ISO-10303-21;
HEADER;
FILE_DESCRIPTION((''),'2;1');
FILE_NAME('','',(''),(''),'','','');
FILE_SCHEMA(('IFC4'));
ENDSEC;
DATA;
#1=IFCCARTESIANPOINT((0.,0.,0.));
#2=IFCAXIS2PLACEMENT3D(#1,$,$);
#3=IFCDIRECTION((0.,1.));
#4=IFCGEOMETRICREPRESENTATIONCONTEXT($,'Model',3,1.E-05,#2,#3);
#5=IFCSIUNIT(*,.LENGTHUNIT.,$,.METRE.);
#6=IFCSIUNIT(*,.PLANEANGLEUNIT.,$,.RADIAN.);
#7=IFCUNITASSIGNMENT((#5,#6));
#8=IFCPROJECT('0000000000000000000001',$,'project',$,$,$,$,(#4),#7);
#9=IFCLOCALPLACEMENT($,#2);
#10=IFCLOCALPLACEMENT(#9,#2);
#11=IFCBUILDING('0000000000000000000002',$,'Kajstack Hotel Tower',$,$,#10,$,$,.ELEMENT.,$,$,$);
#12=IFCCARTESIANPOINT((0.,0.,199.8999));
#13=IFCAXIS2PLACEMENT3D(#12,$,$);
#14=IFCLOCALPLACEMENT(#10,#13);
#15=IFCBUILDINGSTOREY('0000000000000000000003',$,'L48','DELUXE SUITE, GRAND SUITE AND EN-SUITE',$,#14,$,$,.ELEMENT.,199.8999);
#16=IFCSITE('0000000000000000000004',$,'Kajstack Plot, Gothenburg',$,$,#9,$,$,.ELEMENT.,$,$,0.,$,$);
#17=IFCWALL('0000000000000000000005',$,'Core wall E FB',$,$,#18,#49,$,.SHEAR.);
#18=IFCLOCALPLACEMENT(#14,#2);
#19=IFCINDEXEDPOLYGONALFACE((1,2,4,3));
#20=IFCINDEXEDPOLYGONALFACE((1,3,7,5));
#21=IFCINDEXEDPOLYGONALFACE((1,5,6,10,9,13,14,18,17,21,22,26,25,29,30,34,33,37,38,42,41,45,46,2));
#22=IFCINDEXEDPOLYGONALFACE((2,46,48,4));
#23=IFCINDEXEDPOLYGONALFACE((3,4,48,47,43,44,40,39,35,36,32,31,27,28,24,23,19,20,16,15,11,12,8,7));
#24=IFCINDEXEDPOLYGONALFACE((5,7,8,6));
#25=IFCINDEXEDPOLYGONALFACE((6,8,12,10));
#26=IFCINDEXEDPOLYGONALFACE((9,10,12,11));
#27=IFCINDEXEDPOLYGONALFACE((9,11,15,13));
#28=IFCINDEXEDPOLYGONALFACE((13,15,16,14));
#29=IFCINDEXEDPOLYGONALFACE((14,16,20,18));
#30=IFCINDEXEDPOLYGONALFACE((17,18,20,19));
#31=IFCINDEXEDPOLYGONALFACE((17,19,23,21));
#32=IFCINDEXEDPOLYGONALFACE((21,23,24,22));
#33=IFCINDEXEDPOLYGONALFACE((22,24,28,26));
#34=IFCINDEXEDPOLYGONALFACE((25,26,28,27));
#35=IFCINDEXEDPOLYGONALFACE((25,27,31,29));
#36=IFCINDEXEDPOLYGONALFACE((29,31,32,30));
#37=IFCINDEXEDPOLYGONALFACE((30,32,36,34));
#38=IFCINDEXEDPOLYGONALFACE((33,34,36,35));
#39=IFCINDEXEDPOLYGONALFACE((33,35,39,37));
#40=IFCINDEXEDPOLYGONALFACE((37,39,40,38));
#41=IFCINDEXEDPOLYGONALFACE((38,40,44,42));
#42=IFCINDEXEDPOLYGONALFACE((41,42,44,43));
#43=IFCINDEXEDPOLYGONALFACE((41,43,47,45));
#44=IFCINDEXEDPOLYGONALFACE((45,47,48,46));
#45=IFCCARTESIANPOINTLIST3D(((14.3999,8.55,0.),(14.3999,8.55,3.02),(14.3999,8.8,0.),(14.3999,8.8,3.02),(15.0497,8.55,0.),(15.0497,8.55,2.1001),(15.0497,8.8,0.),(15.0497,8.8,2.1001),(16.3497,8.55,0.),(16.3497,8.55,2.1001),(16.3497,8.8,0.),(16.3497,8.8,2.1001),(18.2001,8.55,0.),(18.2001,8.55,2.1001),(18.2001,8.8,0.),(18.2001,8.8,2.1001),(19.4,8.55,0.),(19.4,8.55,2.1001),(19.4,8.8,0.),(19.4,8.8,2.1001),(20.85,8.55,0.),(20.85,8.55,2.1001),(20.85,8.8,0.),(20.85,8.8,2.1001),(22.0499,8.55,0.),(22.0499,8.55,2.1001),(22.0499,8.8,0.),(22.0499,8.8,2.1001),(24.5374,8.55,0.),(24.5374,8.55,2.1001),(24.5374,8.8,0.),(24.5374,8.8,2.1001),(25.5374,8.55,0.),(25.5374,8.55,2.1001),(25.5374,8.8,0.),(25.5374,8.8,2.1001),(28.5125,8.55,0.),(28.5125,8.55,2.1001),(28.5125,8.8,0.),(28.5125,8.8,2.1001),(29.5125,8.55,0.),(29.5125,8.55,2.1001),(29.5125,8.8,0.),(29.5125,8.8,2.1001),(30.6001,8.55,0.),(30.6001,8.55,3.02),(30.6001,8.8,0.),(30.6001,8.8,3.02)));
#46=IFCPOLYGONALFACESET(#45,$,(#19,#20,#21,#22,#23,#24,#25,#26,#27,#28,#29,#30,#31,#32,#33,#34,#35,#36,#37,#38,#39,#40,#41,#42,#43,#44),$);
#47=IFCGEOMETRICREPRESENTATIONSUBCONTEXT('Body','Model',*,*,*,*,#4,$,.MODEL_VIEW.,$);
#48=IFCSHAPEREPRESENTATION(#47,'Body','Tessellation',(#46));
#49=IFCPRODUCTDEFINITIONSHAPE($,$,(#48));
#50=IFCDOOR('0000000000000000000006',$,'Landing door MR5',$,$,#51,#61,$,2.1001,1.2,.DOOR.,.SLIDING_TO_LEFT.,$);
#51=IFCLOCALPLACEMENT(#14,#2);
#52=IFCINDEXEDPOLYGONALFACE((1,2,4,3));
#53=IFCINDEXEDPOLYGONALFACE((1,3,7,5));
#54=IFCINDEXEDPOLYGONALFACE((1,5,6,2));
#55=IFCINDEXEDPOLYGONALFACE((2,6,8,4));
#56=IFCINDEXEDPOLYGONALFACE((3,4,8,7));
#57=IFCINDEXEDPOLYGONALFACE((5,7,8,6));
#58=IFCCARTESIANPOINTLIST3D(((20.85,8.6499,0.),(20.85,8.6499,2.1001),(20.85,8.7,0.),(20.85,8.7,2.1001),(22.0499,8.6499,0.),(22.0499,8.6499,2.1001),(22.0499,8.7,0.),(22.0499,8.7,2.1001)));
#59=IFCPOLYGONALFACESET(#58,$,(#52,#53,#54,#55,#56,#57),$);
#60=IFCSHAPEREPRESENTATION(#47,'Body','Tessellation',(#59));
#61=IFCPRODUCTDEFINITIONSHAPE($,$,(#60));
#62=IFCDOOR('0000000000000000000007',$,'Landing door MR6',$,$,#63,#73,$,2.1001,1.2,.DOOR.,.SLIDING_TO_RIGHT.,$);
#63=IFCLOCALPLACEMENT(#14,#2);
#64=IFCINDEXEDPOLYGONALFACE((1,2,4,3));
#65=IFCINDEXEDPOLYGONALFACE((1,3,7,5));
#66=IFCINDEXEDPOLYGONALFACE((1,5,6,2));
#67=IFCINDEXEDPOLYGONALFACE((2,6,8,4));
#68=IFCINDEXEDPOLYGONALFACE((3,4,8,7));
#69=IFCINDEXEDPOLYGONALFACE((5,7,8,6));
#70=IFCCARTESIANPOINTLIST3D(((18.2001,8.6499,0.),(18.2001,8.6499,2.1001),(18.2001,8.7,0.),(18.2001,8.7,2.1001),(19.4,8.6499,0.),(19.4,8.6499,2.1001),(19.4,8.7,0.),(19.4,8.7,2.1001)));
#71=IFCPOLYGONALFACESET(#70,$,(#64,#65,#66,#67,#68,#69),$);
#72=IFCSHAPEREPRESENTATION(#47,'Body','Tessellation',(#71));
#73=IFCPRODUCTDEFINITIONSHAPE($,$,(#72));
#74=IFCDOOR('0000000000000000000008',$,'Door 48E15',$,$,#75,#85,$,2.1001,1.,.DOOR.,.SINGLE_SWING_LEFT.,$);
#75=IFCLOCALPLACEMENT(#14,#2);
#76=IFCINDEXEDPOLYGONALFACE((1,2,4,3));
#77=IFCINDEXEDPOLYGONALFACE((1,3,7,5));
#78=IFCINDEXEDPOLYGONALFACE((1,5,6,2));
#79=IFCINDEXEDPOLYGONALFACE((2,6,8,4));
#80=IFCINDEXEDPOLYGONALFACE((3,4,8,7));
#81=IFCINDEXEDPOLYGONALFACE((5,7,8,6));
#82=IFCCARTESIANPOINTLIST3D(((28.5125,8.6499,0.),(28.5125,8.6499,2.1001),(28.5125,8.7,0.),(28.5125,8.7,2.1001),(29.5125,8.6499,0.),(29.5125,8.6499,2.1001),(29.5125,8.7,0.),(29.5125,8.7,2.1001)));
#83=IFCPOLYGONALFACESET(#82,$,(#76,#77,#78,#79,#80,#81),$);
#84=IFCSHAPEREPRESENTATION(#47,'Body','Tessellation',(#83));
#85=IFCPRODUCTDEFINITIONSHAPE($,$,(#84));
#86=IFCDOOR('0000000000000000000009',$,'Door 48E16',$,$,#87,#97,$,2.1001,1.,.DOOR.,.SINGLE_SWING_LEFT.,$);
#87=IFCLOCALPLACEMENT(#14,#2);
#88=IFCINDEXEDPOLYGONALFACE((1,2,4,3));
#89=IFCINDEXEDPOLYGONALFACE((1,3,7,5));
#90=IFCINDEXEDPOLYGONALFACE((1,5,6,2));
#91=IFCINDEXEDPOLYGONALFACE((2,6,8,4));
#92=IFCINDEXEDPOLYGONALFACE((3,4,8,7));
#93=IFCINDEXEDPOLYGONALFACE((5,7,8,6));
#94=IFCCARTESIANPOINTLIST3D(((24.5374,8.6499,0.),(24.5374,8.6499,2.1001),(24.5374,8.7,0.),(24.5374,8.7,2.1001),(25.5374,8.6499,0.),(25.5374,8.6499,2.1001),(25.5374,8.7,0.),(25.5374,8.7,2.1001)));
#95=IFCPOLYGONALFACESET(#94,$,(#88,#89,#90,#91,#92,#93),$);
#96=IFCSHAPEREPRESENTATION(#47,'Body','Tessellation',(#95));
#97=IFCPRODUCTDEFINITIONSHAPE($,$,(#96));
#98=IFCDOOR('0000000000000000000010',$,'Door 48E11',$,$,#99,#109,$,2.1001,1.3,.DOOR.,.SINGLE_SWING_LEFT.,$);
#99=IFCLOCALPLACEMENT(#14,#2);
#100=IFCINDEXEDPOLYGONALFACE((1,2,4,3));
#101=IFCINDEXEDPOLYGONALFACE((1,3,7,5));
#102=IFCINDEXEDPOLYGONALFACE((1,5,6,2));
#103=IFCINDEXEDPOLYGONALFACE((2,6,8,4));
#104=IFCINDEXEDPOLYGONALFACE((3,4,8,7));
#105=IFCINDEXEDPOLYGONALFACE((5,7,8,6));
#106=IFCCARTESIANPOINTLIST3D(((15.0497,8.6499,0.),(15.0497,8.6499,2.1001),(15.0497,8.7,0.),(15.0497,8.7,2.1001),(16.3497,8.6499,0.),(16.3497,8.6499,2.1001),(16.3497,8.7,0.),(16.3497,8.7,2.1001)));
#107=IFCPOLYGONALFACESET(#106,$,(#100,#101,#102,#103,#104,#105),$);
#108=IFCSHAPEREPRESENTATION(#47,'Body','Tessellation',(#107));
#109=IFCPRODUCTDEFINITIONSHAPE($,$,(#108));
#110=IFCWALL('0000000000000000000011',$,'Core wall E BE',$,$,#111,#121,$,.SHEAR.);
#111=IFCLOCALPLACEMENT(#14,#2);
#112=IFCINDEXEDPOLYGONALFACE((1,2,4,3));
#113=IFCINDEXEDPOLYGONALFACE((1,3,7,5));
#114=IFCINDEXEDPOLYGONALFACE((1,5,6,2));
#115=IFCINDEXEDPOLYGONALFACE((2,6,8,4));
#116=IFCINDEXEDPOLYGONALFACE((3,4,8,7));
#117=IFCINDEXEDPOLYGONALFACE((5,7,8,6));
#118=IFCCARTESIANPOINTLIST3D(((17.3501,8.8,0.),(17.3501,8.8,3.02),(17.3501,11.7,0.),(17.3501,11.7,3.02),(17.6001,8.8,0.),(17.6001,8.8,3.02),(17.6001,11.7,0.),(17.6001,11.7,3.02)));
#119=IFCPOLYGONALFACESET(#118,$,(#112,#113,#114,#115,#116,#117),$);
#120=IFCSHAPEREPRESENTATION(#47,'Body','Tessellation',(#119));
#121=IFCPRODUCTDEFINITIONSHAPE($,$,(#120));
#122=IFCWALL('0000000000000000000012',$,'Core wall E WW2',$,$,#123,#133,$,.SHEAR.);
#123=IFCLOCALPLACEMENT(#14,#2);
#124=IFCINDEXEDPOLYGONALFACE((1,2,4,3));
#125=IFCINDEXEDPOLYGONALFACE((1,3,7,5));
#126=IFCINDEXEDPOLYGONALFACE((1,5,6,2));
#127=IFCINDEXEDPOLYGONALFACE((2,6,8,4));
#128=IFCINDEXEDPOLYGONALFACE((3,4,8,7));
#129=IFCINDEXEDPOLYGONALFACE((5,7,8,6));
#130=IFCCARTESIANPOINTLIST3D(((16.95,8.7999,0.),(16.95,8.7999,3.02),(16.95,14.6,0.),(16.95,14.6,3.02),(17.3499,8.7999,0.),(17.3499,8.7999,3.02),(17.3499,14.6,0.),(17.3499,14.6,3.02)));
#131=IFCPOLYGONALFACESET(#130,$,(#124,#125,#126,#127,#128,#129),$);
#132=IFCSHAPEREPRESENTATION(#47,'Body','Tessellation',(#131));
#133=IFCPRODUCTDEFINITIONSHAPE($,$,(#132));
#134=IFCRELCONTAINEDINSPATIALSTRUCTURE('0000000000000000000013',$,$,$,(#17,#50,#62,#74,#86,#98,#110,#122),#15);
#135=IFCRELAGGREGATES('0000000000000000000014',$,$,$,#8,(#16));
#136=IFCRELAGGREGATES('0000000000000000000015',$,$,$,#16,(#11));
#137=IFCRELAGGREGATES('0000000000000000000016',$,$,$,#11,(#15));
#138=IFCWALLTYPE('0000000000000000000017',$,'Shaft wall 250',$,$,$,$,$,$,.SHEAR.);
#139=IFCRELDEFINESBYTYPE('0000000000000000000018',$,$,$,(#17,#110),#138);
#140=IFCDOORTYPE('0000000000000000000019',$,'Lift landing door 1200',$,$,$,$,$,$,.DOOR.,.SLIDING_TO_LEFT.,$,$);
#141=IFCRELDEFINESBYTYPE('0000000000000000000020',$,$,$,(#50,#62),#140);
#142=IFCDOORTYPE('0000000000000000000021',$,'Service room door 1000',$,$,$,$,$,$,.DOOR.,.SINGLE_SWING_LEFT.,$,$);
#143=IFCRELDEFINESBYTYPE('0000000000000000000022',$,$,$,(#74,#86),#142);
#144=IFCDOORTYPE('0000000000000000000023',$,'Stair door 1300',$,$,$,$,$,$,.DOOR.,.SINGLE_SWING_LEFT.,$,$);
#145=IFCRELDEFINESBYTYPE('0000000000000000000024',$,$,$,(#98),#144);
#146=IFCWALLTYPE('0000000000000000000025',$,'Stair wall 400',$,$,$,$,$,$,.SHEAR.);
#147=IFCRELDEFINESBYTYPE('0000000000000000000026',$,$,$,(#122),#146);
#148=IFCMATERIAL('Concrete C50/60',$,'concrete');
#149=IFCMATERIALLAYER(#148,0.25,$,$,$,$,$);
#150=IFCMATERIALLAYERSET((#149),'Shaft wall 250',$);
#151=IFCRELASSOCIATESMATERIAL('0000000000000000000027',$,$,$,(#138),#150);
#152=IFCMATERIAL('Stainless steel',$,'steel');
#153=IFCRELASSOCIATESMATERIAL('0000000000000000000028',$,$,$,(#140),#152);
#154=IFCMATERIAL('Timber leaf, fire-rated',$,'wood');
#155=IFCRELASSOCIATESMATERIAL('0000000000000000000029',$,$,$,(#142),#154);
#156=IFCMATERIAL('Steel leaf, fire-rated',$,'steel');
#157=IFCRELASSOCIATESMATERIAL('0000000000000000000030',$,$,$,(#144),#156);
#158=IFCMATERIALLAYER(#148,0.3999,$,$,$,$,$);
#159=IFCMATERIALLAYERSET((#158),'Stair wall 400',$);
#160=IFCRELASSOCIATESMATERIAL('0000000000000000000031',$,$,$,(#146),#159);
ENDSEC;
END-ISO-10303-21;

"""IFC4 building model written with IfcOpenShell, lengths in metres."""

from ifc_helpers import new_model, si_unit, direction, frame, frame_2d, origin, place, context, subcontext, project, spatial, rectangle, extrude, material, layer, layer_set, type_object, element, fill, save


model = new_model("IFC4")

# Units and contexts
model_context = context("Model", 3, precision=1e-05, world=origin(), true_north=direction((0.0, 1.0)))
body_context = subcontext(model_context, "Body", "Model", "MODEL_VIEW")
ifc_project = project(units=[si_unit("LENGTHUNIT", "METRE"), si_unit("PLANEANGLEUNIT", "RADIAN")], contexts=[model_context])

# Site, building, storey
site_placement = place(None, origin())
site = spatial("IfcSite", under=ifc_project, at=site_placement, Name="Kajstack Plot, Gothenburg", CompositionType="ELEMENT", RefElevation=0.0)
building_placement = place(site_placement, origin())
building = spatial("IfcBuilding", under=site, at=building_placement, Name="Kajstack Hotel Tower", CompositionType="ELEMENT")
storey_placement = place(building_placement, frame((0.0, 0.0, 199.8999)))
storey = spatial("IfcBuildingStorey", under=building, at=storey_placement, Name="L48", Description="DELUXE SUITE, GRAND SUITE AND EN-SUITE", CompositionType="ELEMENT", Elevation=199.8999)

# Wall, openings, doors
ifc_material_1 = material(Name="Concrete C50/60", Category="concrete")
ifc_layer_1 = layer(ifc_material_1, 0.25)
ifc_layer_set_1 = layer_set([ifc_layer_1], Name="Shaft wall 250")
wall_type_1 = type_object("IfcWallType", Name="Shaft wall 250", PredefinedType="SHEAR", material=ifc_layer_set_1)
ifc_material_2 = material(Name="Stainless steel", Category="steel")
door_type_1 = type_object("IfcDoorType", Name="Lift landing door 1200", OperationType="SLIDING_TO_LEFT", PredefinedType="DOOR", material=ifc_material_2)
wall_1_placement = place(storey_placement, frame((14.3999, 8.675, 0.0), z_axis=(0.0, 0.0, 1.0), x_axis=(1.0, 0.0, 0.0)))
wall_1 = element("IfcWall", 1, at=wall_1_placement, inside=storey, type_object=wall_type_1, Name="Core wall E FB", PredefinedType="SHEAR", context=body_context, shape_type="SweptSolid", body=[
    extrude(rectangle(XDim=16.2002, YDim=0.25, at=frame_2d((8.1001, 0.0))), origin(), (0.0, 0.0, 1.0), 3.02),
])
opening_1_placement = place(wall_1_placement, frame((6.45, 0.0, 0.0)))
opening_1 = element("IfcOpeningElement", 2, at=opening_1_placement, cuts=wall_1, PredefinedType="OPENING", context=body_context, shape_type="SweptSolid", body=[
    extrude(rectangle(XDim=1.2, YDim=2.1001, at=frame_2d((0.6001, 1.05))), frame((0.0, 0.135, 0.0), z_axis=(0.0, -1.0, 0.0), x_axis=(1.0, 0.0, 0.0)), (0.0, 0.0, 1.0), 0.27),
])
opening_2_placement = place(wall_1_placement, frame((3.8, 0.0, 0.0)))
opening_2 = element("IfcOpeningElement", 3, at=opening_2_placement, cuts=wall_1, PredefinedType="OPENING", context=body_context, shape_type="SweptSolid", body=[
    extrude(rectangle(XDim=1.2, YDim=2.1001, at=frame_2d((0.6001, 1.05))), frame((0.0, 0.135, 0.0), z_axis=(0.0, -1.0, 0.0), x_axis=(1.0, 0.0, 0.0)), (0.0, 0.0, 1.0), 0.27),
])
opening_3_placement = place(wall_1_placement, frame((0.6499, 0.0, 0.0)))
opening_3 = element("IfcOpeningElement", 4, at=opening_3_placement, cuts=wall_1, PredefinedType="OPENING", context=body_context, shape_type="SweptSolid", body=[
    extrude(rectangle(XDim=1.3, YDim=2.1001, at=frame_2d((0.6499, 1.05))), frame((0.0, 0.135, 0.0), z_axis=(0.0, -1.0, 0.0), x_axis=(1.0, 0.0, 0.0)), (0.0, 0.0, 1.0), 0.27),
])
opening_4_placement = place(wall_1_placement, frame((14.1125, 0.0, 0.0)))
opening_4 = element("IfcOpeningElement", 5, at=opening_4_placement, cuts=wall_1, PredefinedType="OPENING", context=body_context, shape_type="SweptSolid", body=[
    extrude(rectangle(XDim=1.0, YDim=2.1001, at=frame_2d((0.5, 1.05))), frame((0.0, 0.135, 0.0), z_axis=(0.0, -1.0, 0.0), x_axis=(1.0, 0.0, 0.0)), (0.0, 0.0, 1.0), 0.27),
])
opening_5_placement = place(wall_1_placement, frame((10.1375, 0.0, 0.0)))
opening_5 = element("IfcOpeningElement", 6, at=opening_5_placement, cuts=wall_1, PredefinedType="OPENING", context=body_context, shape_type="SweptSolid", body=[
    extrude(rectangle(XDim=1.0, YDim=2.1001, at=frame_2d((0.5, 1.05))), frame((0.0, 0.135, 0.0), z_axis=(0.0, -1.0, 0.0), x_axis=(1.0, 0.0, 0.0)), (0.0, 0.0, 1.0), 0.27),
])
door_1_placement = place(opening_1_placement, origin())
door_1 = element("IfcDoor", 7, at=door_1_placement, inside=storey, type_object=door_type_1, Name="Landing door MR5", OperationType="SLIDING_TO_LEFT", OverallHeight=2.1001, OverallWidth=1.2, PredefinedType="DOOR", context=body_context, shape_type="SweptSolid", body=[
    extrude(rectangle(XDim=1.2, YDim=2.1001, at=frame_2d((0.6001, 1.05))), frame((0.0, 0.0249, 0.0), z_axis=(0.0, -1.0, 0.0), x_axis=(1.0, 0.0, 0.0)), (0.0, 0.0, 1.0), 0.05),
])
fill(opening_1, door_1)
door_2_placement = place(opening_2_placement, origin())
door_2 = element("IfcDoor", 8, at=door_2_placement, inside=storey, type_object=door_type_1, Name="Landing door MR6", OperationType="SLIDING_TO_RIGHT", OverallHeight=2.1001, OverallWidth=1.2, PredefinedType="DOOR", context=body_context, shape_type="SweptSolid", body=[
    extrude(rectangle(XDim=1.2, YDim=2.1001, at=frame_2d((0.6001, 1.05))), frame((0.0, 0.0249, 0.0), z_axis=(0.0, -1.0, 0.0), x_axis=(1.0, 0.0, 0.0)), (0.0, 0.0, 1.0), 0.05),
])
fill(opening_2, door_2)
ifc_material_3 = material(Name="Timber leaf, fire-rated", Category="wood")
door_type_2 = type_object("IfcDoorType", Name="Service room door 1000", OperationType="SINGLE_SWING_LEFT", PredefinedType="DOOR", material=ifc_material_3)
door_3_placement = place(opening_4_placement, origin())
door_3 = element("IfcDoor", 9, at=door_3_placement, inside=storey, type_object=door_type_2, Name="Door 48E15", OperationType="SINGLE_SWING_LEFT", OverallHeight=2.1001, OverallWidth=1.0, PredefinedType="DOOR", context=body_context, shape_type="SweptSolid", body=[
    extrude(rectangle(XDim=1.0, YDim=2.1001, at=frame_2d((0.5, 1.05))), frame((0.0, 0.0249, 0.0), z_axis=(0.0, -1.0, 0.0), x_axis=(1.0, 0.0, 0.0)), (0.0, 0.0, 1.0), 0.05),
])
fill(opening_4, door_3)
door_4_placement = place(opening_5_placement, origin())
door_4 = element("IfcDoor", 10, at=door_4_placement, inside=storey, type_object=door_type_2, Name="Door 48E16", OperationType="SINGLE_SWING_LEFT", OverallHeight=2.1001, OverallWidth=1.0, PredefinedType="DOOR", context=body_context, shape_type="SweptSolid", body=[
    extrude(rectangle(XDim=1.0, YDim=2.1001, at=frame_2d((0.5, 1.05))), frame((0.0, 0.0249, 0.0), z_axis=(0.0, -1.0, 0.0), x_axis=(1.0, 0.0, 0.0)), (0.0, 0.0, 1.0), 0.05),
])
fill(opening_5, door_4)
ifc_material_4 = material(Name="Steel leaf, fire-rated", Category="steel")
door_type_3 = type_object("IfcDoorType", Name="Stair door 1300", OperationType="SINGLE_SWING_LEFT", PredefinedType="DOOR", material=ifc_material_4)
door_5_placement = place(opening_3_placement, origin())
door_5 = element("IfcDoor", 11, at=door_5_placement, inside=storey, type_object=door_type_3, Name="Door 48E11", OperationType="SINGLE_SWING_LEFT", OverallHeight=2.1001, OverallWidth=1.3, PredefinedType="DOOR", context=body_context, shape_type="SweptSolid", body=[
    extrude(rectangle(XDim=1.3, YDim=2.1001, at=frame_2d((0.6499, 1.05))), frame((0.0, 0.0249, 0.0), z_axis=(0.0, -1.0, 0.0), x_axis=(1.0, 0.0, 0.0)), (0.0, 0.0, 1.0), 0.05),
])
fill(opening_3, door_5)

# Walls
wall_2_placement = place(storey_placement, frame((17.4751, 8.8, 0.0), z_axis=(0.0, 0.0, 1.0), x_axis=(0.0, 1.0, 0.0)))
element("IfcWall", 12, at=wall_2_placement, inside=storey, type_object=wall_type_1, Name="Core wall E BE", PredefinedType="SHEAR", context=body_context, shape_type="SweptSolid", body=[
    extrude(rectangle(XDim=2.8999, YDim=0.25, at=frame_2d((1.45, 0.0))), origin(), (0.0, 0.0, 1.0), 3.02),
])
ifc_layer_2 = layer(ifc_material_1, 0.3999)
ifc_layer_set_2 = layer_set([ifc_layer_2], Name="Stair wall 400")
wall_type_2 = type_object("IfcWallType", Name="Stair wall 400", PredefinedType="SHEAR", material=ifc_layer_set_2)
wall_3_placement = place(storey_placement, frame((17.1499, 8.8, 0.0), z_axis=(0.0, 0.0, 1.0), x_axis=(0.0, 1.0, 0.0)))
element("IfcWall", 13, at=wall_3_placement, inside=storey, type_object=wall_type_2, Name="Core wall E WW2", PredefinedType="SHEAR", context=body_context, shape_type="SweptSolid", body=[
    extrude(rectangle(XDim=5.8, YDim=0.3999, at=frame_2d((2.8999, 0.0))), origin(), (0.0, 0.0, 1.0), 3.02),
])

save(model, "model.ifc")
